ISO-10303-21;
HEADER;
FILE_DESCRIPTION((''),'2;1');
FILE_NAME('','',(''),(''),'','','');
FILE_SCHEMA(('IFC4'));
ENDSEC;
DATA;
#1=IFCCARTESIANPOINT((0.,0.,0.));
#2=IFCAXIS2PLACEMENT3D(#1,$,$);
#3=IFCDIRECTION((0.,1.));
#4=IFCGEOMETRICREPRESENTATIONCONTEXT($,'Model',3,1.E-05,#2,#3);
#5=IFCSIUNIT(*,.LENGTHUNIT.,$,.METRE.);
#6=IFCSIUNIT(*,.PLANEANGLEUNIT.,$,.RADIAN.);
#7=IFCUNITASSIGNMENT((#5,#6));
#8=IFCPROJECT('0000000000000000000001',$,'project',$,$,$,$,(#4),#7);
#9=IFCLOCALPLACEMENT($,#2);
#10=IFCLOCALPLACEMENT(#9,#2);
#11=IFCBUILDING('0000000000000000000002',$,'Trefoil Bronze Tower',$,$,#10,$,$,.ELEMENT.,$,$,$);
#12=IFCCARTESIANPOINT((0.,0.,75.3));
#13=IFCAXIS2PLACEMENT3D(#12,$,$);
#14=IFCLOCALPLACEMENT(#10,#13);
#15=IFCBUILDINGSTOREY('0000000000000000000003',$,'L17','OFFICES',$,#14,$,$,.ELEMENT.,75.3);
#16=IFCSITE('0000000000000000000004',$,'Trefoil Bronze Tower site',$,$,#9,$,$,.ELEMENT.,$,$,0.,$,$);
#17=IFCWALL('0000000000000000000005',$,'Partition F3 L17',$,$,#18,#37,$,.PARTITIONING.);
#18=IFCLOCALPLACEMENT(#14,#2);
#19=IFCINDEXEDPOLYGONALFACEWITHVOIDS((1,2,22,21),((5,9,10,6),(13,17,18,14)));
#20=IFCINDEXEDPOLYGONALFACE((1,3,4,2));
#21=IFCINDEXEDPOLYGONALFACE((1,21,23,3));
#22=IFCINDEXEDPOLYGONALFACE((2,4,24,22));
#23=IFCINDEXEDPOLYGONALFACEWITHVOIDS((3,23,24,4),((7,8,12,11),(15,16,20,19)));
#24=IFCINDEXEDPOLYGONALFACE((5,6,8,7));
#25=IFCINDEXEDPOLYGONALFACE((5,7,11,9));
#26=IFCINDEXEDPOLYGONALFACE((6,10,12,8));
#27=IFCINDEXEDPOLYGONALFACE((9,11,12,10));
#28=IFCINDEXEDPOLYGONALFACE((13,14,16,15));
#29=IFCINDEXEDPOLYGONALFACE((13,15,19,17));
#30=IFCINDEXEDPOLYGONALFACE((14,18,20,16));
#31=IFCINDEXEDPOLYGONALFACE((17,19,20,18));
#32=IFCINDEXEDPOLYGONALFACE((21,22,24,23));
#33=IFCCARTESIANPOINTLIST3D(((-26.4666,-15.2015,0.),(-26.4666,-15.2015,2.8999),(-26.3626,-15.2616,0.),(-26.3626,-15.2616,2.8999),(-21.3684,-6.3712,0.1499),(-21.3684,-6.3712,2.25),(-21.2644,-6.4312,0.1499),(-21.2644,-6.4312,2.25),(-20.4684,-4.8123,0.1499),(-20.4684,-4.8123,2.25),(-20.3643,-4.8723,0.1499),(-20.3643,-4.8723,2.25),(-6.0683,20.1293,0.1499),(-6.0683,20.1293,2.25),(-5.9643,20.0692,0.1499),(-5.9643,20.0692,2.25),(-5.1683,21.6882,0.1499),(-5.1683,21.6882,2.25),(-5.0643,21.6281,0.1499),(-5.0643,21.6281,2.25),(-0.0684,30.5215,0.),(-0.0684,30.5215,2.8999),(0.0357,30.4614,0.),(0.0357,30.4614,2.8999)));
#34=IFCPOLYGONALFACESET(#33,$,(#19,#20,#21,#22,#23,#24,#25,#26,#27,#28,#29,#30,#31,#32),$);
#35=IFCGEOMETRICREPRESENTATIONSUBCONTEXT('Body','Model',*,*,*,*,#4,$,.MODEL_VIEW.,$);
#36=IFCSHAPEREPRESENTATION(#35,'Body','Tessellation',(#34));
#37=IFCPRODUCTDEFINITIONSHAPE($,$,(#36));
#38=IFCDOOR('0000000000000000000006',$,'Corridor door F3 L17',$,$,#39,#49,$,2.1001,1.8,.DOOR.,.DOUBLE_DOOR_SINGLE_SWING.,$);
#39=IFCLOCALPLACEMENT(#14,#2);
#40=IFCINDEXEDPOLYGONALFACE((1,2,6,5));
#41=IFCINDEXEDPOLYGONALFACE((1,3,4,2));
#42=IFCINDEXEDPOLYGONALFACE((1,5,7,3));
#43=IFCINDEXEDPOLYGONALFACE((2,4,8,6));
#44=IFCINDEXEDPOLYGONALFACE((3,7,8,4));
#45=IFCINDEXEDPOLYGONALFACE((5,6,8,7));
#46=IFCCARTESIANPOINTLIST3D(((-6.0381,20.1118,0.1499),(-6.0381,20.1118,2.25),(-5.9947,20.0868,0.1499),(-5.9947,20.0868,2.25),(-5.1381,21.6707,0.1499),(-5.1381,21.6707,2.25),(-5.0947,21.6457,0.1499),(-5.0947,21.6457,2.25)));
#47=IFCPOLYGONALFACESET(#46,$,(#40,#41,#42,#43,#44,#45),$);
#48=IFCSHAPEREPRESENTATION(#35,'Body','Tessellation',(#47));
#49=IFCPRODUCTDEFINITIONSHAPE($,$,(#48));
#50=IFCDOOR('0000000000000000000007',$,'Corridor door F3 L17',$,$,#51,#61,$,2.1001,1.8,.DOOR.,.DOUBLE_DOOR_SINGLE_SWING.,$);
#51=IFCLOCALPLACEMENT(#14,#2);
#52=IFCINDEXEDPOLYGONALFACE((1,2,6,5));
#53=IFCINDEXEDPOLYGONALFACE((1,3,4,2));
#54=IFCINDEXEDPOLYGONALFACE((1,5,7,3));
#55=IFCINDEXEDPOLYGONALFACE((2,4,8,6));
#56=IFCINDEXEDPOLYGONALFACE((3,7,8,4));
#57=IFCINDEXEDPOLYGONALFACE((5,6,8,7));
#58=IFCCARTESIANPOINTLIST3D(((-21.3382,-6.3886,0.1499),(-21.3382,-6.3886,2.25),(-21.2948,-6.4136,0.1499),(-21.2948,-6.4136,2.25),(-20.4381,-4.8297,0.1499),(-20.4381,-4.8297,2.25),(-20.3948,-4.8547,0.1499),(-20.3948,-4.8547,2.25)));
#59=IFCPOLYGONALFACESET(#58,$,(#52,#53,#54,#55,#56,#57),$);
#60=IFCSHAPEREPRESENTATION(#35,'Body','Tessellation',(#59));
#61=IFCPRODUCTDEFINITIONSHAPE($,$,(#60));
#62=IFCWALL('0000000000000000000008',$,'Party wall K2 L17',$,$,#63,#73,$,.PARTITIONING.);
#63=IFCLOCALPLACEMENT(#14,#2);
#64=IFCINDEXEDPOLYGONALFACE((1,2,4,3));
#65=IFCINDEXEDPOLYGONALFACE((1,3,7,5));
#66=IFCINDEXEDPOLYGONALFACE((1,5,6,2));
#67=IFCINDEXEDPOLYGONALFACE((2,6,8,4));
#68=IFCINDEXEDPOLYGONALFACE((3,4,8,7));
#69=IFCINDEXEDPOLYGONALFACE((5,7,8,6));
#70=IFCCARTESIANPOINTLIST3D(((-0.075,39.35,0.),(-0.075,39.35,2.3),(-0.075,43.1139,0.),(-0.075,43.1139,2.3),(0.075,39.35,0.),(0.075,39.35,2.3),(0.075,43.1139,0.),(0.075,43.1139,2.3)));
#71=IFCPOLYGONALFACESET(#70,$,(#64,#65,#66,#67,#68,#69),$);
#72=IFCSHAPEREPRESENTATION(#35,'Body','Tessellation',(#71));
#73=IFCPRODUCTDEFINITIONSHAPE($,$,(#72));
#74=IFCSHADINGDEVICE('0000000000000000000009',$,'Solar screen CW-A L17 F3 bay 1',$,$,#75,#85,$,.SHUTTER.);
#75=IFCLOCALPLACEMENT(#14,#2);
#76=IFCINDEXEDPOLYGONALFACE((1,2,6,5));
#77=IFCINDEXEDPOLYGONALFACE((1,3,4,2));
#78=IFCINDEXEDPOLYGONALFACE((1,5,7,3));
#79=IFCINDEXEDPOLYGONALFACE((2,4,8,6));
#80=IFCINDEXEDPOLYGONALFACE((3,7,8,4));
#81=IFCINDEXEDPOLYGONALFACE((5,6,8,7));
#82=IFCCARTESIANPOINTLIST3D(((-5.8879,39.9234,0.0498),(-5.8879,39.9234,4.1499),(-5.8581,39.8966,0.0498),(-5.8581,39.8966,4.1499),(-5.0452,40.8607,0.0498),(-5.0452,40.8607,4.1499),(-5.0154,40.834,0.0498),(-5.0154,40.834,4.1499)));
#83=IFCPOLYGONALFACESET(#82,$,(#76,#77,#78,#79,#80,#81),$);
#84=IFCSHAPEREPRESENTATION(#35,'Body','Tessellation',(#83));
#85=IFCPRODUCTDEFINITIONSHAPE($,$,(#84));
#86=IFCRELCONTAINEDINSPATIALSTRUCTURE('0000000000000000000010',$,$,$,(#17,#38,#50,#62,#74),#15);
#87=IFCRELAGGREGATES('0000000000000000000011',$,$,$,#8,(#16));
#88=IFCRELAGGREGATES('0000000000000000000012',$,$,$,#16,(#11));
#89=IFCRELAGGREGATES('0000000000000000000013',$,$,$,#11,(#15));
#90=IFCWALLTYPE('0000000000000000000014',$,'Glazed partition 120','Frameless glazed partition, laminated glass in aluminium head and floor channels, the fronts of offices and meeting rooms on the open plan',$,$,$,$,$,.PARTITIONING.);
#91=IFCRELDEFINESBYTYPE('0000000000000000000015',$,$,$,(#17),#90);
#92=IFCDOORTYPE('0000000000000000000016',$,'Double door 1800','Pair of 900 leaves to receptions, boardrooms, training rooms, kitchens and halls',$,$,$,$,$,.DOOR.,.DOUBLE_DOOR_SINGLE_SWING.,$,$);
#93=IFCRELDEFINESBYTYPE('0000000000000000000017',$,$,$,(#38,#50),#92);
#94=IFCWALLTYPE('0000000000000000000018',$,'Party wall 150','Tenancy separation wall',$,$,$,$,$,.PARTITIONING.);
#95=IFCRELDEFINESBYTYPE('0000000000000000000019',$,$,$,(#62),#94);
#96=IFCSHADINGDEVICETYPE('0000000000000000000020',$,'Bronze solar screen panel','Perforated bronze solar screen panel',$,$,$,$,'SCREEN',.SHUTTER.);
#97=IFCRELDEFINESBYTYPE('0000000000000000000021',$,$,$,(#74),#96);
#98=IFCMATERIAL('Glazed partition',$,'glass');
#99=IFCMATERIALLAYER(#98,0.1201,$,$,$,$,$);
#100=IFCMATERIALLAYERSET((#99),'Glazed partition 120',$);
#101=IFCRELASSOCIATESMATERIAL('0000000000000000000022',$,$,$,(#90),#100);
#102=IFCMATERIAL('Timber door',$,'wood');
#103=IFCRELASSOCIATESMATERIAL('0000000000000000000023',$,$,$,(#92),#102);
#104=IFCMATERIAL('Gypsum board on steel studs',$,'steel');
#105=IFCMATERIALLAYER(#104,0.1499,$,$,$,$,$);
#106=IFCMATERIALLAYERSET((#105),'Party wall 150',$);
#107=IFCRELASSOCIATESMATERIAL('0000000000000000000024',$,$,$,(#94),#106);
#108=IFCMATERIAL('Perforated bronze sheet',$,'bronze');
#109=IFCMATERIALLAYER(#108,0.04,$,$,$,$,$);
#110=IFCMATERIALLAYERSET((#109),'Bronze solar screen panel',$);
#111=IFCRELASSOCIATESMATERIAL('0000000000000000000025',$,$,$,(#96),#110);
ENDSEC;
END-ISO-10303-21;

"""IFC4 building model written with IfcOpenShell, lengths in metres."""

from ifc_helpers import new_model, si_unit, direction, frame, frame_2d, origin, origin_2d, place, context, subcontext, project, spatial, rectangle, extrude, material, layer, layer_set, type_object, element, fill, save


model = new_model("IFC4")

# Units and contexts
model_context = context("Model", 3, precision=1e-05, world=origin(), true_north=direction((0.0, 1.0)))
body_context = subcontext(model_context, "Body", "Model", "MODEL_VIEW")
ifc_project = project(units=[si_unit("LENGTHUNIT", "METRE"), si_unit("PLANEANGLEUNIT", "RADIAN")], contexts=[model_context])

# Site, building, storey
site_placement = place(None, origin())
site = spatial("IfcSite", under=ifc_project, at=site_placement, Name="Trefoil Bronze Tower site", CompositionType="ELEMENT", RefElevation=0.0)
building_placement = place(site_placement, origin())
building = spatial("IfcBuilding", under=site, at=building_placement, Name="Trefoil Bronze Tower", CompositionType="ELEMENT")
storey_placement = place(building_placement, frame((0.0, 0.0, 75.3)))
storey = spatial("IfcBuildingStorey", under=building, at=storey_placement, Name="L17", Description="OFFICES", CompositionType="ELEMENT", Elevation=75.3)

# Wall, openings, doors
ifc_material_1 = material(Name="Glazed partition", Category="glass")
ifc_layer_1 = layer(ifc_material_1, 0.1201)
ifc_layer_set_1 = layer_set([ifc_layer_1], Name="Glazed partition 120")
wall_type_1 = type_object("IfcWallType", Name="Glazed partition 120", Description="Frameless glazed partition, laminated glass in aluminium head and floor channels, the fronts of offices and meeting rooms on the open plan", PredefinedType="PARTITIONING", material=ifc_layer_set_1)
wall_1_placement = place(storey_placement, frame((-0.0164, 30.4915, 0.0), z_axis=(0.0, 0.0, 1.0), x_axis=(-0.500001, -0.866025, 0.0)))
wall_1 = element("IfcWall", 1, at=wall_1_placement, inside=storey, type_object=wall_type_1, Name="Partition F3 L17", PredefinedType="PARTITIONING", context=body_context, shape_type="SweptSolid", body=[
    extrude(rectangle(XDim=52.7964, YDim=0.1201, at=frame_2d((26.3982, 0.0))), origin(), (0.0, 0.0, 1.0), 2.8999),
])
opening_1_placement = place(wall_1_placement, frame((10.2, 0.0, 0.1499)))
opening_1 = element("IfcOpeningElement", 2, at=opening_1_placement, cuts=wall_1, PredefinedType="OPENING", context=body_context, shape_type="SweptSolid", body=[
    extrude(rectangle(XDim=1.8, YDim=2.1001, at=frame_2d((0.8999, 1.05))), frame((0.0, 0.0701, 0.0), z_axis=(0.0, -1.0, 0.0), x_axis=(1.0, 0.0, 0.0)), (0.0, 0.0, 1.0), 0.1401),
])
opening_2_placement = place(wall_1_placement, frame((40.8, 0.0, 0.1499)))
opening_2 = element("IfcOpeningElement", 3, at=opening_2_placement, cuts=wall_1, PredefinedType="OPENING", context=body_context, shape_type="SweptSolid", body=[
    extrude(rectangle(XDim=1.8, YDim=2.1001, at=frame_2d((0.8999, 1.05))), frame((0.0, 0.0701, 0.0), z_axis=(0.0, -1.0, 0.0), x_axis=(1.0, 0.0, 0.0)), (0.0, 0.0, 1.0), 0.1401),
])
ifc_material_2 = material(Name="Timber door", Category="wood")
door_type = type_object("IfcDoorType", Name="Double door 1800", Description="Pair of 900 leaves to receptions, boardrooms, training rooms, kitchens and halls", OperationType="DOUBLE_DOOR_SINGLE_SWING", PredefinedType="DOOR", material=ifc_material_2)
door_1_placement = place(opening_1_placement, origin())
door_1 = element("IfcDoor", 4, at=door_1_placement, inside=storey, type_object=door_type, Name="Corridor door F3 L17", OperationType="DOUBLE_DOOR_SINGLE_SWING", OverallHeight=2.1001, OverallWidth=1.8, PredefinedType="DOOR", context=body_context, shape_type="SweptSolid", body=[
    extrude(rectangle(XDim=1.8, YDim=2.1001, at=frame_2d((0.8999, 1.05))), frame((0.0, 0.0249, 0.0), z_axis=(0.0, -1.0, 0.0), x_axis=(1.0, 0.0, 0.0)), (0.0, 0.0, 1.0), 0.05),
])
fill(opening_1, door_1)
door_2_placement = place(opening_2_placement, origin())
door_2 = element("IfcDoor", 5, at=door_2_placement, inside=storey, type_object=door_type, Name="Corridor door F3 L17", OperationType="DOUBLE_DOOR_SINGLE_SWING", OverallHeight=2.1001, OverallWidth=1.8, PredefinedType="DOOR", context=body_context, shape_type="SweptSolid", body=[
    extrude(rectangle(XDim=1.8, YDim=2.1001, at=frame_2d((0.8999, 1.05))), frame((0.0, 0.0249, 0.0), z_axis=(0.0, -1.0, 0.0), x_axis=(1.0, 0.0, 0.0)), (0.0, 0.0, 1.0), 0.05),
])
fill(opening_2, door_2)

# Wall
ifc_material_3 = material(Name="Gypsum board on steel studs", Category="steel")
ifc_layer_2 = layer(ifc_material_3, 0.1499)
ifc_layer_set_2 = layer_set([ifc_layer_2], Name="Party wall 150")
wall_type_2 = type_object("IfcWallType", Name="Party wall 150", Description="Tenancy separation wall", PredefinedType="PARTITIONING", material=ifc_layer_set_2)
wall_2_placement = place(storey_placement, frame((0.0, 39.3501, 0.0), z_axis=(0.0, 0.0, 1.0), x_axis=(0.0, 1.0, 0.0)))
element("IfcWall", 6, at=wall_2_placement, inside=storey, type_object=wall_type_2, Name="Party wall K2 L17", PredefinedType="PARTITIONING", context=body_context, shape_type="SweptSolid", body=[
    extrude(rectangle(XDim=3.7639, YDim=0.1499, at=frame_2d((1.8818, 0.0))), origin(), (0.0, 0.0, 1.0), 2.3),
])

# Shading device
ifc_material_4 = material(Name="Perforated bronze sheet", Category="bronze")
ifc_layer_3 = layer(ifc_material_4, 0.04)
ifc_layer_set_3 = layer_set([ifc_layer_3], Name="Bronze solar screen panel")
shading_device_type = type_object("IfcShadingDeviceType", Name="Bronze solar screen panel", Description="Perforated bronze solar screen panel", ElementType="SCREEN", PredefinedType="SHUTTER", material=ifc_layer_set_3)
shading_device_placement = place(storey_placement, frame((-5.4517, 40.3787, 0.0498), z_axis=(0.0, 0.0, 1.0), x_axis=(-0.668575, -0.743645, 0.0)))
element("IfcShadingDevice", 7, at=shading_device_placement, inside=storey, type_object=shading_device_type, Name="Solar screen CW-A L17 F3 bay 1", PredefinedType="SHUTTER", context=body_context, shape_type="SweptSolid", body=[
    extrude(rectangle(XDim=1.2605, YDim=0.04, at=origin_2d()), origin(), (0.0, 0.0, 1.0), 4.1001),
])

save(model, "model.ifc")
